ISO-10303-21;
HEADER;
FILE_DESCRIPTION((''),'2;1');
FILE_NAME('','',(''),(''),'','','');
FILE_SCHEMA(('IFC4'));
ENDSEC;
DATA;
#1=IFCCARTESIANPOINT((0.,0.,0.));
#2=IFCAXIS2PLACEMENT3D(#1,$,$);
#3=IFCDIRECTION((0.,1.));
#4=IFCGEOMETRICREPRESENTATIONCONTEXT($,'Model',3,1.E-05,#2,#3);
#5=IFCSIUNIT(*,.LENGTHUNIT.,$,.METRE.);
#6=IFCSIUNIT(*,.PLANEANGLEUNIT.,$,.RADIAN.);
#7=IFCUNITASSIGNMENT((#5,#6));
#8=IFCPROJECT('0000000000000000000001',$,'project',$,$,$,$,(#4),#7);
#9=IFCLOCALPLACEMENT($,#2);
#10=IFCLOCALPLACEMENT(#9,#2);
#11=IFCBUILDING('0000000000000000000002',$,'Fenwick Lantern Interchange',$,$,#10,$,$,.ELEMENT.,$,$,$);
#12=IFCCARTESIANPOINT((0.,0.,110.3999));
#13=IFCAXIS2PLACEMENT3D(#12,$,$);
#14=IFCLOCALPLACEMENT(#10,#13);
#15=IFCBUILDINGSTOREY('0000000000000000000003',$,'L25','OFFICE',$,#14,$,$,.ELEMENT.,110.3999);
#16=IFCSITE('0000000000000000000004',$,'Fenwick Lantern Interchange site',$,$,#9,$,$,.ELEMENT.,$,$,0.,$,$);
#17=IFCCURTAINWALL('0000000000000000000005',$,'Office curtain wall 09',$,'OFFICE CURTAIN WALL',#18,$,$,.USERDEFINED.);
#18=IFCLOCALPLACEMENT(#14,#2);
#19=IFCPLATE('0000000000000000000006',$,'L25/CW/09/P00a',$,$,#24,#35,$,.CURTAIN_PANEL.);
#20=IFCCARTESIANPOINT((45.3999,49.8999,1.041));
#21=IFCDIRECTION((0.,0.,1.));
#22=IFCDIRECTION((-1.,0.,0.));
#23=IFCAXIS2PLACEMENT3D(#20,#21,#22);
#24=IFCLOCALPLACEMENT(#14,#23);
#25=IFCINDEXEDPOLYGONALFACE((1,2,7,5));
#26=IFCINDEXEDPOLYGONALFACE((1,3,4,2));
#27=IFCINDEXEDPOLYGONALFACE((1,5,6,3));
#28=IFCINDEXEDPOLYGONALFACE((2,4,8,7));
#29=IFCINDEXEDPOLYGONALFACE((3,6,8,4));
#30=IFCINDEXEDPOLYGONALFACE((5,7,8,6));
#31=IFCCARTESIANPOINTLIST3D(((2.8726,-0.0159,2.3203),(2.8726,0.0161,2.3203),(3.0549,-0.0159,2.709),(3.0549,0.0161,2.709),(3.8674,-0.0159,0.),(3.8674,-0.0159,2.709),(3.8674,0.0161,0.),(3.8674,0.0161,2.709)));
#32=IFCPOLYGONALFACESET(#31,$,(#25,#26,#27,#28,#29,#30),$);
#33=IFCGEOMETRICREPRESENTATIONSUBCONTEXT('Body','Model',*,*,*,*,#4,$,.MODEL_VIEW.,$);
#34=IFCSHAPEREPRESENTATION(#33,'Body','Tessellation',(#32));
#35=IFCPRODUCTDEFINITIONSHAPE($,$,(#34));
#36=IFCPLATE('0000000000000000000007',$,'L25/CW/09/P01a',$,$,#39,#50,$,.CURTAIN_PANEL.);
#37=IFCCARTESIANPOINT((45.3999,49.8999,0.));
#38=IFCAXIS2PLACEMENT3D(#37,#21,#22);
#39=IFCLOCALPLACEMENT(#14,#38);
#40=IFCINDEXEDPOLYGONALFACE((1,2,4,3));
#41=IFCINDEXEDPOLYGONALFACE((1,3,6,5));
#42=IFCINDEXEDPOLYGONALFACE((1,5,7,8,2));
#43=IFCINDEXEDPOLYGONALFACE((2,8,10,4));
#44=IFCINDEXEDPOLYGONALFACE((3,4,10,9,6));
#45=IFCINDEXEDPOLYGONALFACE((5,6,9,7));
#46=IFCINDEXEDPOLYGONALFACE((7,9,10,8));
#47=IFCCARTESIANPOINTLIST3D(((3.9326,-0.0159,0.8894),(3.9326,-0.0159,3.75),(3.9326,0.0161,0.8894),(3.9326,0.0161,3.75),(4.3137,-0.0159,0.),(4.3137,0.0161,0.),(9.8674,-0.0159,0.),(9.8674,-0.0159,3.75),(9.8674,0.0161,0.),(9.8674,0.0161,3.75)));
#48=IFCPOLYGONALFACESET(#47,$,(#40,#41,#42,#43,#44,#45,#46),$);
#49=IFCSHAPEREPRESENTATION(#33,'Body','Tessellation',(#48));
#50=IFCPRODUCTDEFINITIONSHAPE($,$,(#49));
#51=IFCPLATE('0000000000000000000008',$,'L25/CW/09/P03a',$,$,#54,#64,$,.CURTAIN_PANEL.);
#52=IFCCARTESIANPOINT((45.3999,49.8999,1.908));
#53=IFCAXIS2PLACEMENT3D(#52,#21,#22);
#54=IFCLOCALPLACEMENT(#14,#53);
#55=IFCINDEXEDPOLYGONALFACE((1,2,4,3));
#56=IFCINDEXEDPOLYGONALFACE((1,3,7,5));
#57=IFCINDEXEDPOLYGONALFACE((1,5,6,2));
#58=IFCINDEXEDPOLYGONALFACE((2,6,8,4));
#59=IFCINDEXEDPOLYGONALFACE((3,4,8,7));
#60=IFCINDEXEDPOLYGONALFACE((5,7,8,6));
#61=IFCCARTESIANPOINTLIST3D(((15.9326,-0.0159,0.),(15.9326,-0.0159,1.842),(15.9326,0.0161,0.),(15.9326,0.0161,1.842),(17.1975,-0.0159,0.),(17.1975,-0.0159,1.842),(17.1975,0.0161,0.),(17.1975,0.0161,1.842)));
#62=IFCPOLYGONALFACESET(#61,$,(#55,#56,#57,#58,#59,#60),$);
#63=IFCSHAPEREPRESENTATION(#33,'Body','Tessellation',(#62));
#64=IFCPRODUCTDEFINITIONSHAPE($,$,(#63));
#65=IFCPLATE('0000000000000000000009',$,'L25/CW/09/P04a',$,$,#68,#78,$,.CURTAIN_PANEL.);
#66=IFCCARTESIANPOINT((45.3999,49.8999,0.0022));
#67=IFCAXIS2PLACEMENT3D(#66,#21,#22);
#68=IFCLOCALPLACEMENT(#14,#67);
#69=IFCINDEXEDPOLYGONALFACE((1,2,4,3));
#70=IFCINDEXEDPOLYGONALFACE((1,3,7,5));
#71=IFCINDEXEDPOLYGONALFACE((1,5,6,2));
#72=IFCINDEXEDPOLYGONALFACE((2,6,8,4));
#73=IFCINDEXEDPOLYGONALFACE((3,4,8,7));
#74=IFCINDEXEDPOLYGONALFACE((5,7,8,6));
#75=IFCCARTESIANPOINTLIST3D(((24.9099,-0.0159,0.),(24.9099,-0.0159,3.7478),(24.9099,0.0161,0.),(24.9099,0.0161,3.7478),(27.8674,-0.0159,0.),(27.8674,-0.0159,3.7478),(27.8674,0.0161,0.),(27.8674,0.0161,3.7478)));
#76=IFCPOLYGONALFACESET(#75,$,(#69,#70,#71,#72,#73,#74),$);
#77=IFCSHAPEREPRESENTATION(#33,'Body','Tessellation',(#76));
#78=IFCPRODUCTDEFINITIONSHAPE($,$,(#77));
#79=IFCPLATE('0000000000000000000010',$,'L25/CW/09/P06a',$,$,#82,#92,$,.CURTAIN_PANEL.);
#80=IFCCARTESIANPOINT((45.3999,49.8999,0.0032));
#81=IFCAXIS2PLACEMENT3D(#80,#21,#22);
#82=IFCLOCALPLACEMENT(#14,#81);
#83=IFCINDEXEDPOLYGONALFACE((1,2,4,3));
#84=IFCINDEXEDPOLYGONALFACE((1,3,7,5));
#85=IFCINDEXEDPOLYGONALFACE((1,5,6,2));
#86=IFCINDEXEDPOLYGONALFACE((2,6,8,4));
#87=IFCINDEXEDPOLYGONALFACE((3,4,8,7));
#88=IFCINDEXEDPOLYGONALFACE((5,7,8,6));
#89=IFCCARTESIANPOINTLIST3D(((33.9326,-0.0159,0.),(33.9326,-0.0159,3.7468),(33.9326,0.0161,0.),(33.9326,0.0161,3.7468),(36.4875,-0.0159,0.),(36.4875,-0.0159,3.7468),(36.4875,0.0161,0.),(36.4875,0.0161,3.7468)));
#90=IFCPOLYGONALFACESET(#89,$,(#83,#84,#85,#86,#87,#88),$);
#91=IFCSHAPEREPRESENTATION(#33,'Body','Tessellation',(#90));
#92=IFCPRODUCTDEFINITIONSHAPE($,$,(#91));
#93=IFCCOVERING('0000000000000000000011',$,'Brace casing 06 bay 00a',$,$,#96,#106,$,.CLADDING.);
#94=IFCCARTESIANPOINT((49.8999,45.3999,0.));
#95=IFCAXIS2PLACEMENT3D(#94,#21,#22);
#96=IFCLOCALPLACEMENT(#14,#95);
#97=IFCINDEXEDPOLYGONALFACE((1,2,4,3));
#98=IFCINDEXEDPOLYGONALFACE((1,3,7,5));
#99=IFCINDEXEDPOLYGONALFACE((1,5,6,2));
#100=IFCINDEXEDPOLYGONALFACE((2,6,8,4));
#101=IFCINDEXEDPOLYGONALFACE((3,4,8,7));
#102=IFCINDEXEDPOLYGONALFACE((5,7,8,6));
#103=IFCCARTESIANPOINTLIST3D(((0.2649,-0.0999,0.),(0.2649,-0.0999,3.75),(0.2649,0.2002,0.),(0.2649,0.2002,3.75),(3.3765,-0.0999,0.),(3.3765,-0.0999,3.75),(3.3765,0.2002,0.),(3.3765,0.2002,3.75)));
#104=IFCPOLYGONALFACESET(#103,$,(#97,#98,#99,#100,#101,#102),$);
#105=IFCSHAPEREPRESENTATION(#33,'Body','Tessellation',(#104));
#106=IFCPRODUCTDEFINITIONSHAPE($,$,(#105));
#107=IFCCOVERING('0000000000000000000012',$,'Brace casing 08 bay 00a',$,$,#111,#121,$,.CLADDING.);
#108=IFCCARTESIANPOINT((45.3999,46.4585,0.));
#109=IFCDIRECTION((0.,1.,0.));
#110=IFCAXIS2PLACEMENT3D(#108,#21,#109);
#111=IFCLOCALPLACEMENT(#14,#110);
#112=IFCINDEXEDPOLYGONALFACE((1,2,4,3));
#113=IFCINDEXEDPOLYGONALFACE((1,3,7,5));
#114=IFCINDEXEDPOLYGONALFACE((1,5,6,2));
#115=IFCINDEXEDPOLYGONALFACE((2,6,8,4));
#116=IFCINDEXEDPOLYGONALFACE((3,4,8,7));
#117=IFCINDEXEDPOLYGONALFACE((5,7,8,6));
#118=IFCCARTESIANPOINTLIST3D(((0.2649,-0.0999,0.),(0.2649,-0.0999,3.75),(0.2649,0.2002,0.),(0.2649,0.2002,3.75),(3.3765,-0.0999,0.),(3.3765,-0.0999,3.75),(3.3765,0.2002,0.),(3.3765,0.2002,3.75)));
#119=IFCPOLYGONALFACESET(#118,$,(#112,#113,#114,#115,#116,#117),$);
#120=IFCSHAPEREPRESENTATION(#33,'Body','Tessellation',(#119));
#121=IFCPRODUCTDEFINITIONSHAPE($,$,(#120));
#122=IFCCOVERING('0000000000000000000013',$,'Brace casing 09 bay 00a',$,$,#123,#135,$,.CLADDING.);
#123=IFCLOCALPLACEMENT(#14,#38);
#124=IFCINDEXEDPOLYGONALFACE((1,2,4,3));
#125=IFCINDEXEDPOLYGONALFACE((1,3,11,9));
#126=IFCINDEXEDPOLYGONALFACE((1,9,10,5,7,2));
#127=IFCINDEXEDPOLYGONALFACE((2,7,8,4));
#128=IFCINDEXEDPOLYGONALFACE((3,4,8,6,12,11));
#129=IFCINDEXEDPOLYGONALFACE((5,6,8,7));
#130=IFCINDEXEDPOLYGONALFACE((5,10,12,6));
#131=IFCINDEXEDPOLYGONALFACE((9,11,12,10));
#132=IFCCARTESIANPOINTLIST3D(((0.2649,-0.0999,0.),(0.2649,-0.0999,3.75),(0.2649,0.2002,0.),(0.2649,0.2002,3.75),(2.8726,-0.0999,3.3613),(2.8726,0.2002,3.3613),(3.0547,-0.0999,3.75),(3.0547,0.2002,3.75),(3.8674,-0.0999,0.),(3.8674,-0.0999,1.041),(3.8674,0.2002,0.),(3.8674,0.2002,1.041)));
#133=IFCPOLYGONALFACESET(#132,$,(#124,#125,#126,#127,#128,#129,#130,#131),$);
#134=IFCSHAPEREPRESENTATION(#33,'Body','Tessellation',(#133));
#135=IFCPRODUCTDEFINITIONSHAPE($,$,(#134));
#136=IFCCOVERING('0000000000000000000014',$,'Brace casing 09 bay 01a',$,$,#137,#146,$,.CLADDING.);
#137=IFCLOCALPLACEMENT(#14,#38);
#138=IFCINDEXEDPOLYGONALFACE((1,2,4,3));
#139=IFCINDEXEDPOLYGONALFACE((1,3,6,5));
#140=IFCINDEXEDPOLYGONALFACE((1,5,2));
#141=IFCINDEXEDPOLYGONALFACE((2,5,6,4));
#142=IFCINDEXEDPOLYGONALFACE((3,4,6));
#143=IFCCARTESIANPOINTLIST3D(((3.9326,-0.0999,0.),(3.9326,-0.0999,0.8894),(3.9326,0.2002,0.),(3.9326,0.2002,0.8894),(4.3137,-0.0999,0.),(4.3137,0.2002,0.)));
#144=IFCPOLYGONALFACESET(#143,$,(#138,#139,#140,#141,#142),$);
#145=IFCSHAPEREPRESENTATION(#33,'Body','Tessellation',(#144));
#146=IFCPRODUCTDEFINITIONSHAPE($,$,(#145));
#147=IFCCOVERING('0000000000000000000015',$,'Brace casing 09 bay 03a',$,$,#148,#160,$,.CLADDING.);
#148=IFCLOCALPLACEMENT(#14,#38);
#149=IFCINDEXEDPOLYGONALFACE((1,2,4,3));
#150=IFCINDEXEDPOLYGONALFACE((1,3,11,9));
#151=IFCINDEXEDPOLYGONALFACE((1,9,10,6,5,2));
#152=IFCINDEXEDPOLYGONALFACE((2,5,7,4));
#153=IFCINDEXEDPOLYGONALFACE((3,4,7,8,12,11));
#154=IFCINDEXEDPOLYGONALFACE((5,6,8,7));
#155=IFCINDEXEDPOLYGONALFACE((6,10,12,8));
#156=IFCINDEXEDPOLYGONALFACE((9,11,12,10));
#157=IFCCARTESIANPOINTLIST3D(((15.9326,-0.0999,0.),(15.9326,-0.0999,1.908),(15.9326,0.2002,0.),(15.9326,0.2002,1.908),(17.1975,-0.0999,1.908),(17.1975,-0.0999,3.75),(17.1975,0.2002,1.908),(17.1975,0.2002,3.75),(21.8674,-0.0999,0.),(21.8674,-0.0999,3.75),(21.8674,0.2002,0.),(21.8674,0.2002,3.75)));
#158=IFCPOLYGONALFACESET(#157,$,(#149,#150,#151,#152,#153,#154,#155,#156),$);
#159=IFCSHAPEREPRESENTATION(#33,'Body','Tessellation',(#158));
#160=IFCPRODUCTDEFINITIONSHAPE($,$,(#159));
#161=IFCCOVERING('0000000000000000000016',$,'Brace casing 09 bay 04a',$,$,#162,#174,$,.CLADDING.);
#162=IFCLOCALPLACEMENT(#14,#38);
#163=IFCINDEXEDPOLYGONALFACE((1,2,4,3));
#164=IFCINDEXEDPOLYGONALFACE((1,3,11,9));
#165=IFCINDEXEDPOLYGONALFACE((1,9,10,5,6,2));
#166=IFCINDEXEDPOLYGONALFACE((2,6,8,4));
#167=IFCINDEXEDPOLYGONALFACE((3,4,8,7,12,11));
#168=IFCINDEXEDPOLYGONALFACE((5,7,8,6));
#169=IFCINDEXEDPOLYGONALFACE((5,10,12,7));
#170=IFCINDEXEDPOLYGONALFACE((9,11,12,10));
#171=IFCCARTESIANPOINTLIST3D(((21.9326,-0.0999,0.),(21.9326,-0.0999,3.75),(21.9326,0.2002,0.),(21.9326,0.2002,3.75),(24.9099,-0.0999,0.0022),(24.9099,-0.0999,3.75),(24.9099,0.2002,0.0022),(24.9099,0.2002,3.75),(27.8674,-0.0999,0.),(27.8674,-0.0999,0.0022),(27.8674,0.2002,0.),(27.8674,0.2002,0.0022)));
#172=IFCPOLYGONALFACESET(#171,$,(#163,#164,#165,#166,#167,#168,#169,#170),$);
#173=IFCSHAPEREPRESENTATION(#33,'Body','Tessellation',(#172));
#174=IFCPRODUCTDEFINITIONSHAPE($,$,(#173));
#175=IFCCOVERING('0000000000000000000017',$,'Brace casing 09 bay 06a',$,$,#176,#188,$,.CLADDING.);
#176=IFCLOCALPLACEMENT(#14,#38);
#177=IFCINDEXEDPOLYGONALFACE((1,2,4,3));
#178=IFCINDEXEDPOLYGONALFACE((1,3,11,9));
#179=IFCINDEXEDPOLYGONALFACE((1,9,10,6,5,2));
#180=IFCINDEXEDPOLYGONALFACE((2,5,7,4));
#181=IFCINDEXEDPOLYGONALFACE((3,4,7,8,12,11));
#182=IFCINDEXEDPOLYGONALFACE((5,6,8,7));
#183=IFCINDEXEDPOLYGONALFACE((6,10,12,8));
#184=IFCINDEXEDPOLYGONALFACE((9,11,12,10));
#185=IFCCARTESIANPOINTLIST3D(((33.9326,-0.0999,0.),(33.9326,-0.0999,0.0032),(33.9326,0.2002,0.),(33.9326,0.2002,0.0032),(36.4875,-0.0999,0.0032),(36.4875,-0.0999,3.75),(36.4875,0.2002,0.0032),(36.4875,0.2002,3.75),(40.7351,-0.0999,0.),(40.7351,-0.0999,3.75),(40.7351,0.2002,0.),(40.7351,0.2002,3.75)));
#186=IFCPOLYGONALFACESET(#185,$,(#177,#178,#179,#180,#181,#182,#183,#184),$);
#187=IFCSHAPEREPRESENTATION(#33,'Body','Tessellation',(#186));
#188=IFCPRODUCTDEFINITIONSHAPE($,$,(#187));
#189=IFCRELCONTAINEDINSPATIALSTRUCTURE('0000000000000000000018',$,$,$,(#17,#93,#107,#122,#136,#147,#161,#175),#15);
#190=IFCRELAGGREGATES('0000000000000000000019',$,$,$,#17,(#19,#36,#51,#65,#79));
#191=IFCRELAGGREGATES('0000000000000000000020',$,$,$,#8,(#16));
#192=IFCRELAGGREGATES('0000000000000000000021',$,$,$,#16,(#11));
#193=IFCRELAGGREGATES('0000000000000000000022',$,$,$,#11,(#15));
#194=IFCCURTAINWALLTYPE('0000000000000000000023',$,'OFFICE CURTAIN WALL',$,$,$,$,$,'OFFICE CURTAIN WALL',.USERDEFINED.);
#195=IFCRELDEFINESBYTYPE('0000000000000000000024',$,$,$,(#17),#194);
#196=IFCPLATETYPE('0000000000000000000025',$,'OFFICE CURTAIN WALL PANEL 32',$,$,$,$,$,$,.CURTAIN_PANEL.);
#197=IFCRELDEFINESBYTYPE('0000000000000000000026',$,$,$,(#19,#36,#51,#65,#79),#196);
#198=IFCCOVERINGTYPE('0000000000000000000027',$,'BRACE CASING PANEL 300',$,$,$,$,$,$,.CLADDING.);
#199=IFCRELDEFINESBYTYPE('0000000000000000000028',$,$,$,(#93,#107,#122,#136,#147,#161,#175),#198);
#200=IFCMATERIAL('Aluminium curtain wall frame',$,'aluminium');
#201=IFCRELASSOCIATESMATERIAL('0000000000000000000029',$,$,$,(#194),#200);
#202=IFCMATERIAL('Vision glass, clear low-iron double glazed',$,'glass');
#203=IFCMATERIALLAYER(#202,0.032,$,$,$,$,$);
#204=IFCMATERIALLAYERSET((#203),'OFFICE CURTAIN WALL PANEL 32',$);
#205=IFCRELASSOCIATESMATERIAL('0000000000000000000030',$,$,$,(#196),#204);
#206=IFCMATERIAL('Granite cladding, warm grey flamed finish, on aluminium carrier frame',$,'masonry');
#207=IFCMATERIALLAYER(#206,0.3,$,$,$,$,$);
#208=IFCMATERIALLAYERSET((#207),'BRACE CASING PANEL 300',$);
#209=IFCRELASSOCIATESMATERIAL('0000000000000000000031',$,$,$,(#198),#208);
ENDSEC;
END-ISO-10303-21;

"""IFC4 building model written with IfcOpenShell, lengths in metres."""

from ifc_helpers import new_model, si_unit, direction, frame, origin, place, context, subcontext, project, spatial, polyline, outline, extrude, material, layer, layer_set, type_object, element, aggregate, save


model = new_model("IFC4")

# Units and contexts
model_context = context("Model", 3, precision=1e-05, world=origin(), true_north=direction((0.0, 1.0)))
body_context = subcontext(model_context, "Body", "Model", "MODEL_VIEW")
ifc_project = project(units=[si_unit("LENGTHUNIT", "METRE"), si_unit("PLANEANGLEUNIT", "RADIAN")], contexts=[model_context])

# Site, building, storey
site_placement = place(None, origin())
site = spatial("IfcSite", under=ifc_project, at=site_placement, Name="Fenwick Lantern Interchange site", CompositionType="ELEMENT", RefElevation=0.0)
building_placement = place(site_placement, origin())
building = spatial("IfcBuilding", under=site, at=building_placement, Name="Fenwick Lantern Interchange", CompositionType="ELEMENT")
storey_placement = place(building_placement, frame((0.0, 0.0, 110.3999)))
storey = spatial("IfcBuildingStorey", under=building, at=storey_placement, Name="L25", Description="OFFICE", CompositionType="ELEMENT", Elevation=110.3999)

# Shared definitions
ifc_material_1 = material(Name="Aluminium curtain wall frame", Category="aluminium")
curtain_wall_type = type_object("IfcCurtainWallType", Name="OFFICE CURTAIN WALL", ElementType="OFFICE CURTAIN WALL", PredefinedType="USERDEFINED", material=ifc_material_1)

# Curtain wall
curtain_wall_1_placement = place(storey_placement, origin())
curtain_wall_1 = element("IfcCurtainWall", 1, at=curtain_wall_1_placement, inside=storey, type_object=curtain_wall_type, Name="Office curtain wall 09", ObjectType="OFFICE CURTAIN WALL", PredefinedType="USERDEFINED")

# Plates
ifc_material_2 = material(Name="Vision glass, clear low-iron double glazed", Category="glass")
ifc_layer_1 = layer(ifc_material_2, 0.032)
ifc_layer_set_1 = layer_set([ifc_layer_1], Name="OFFICE CURTAIN WALL PANEL 32")
plate_type = type_object("IfcPlateType", Name="OFFICE CURTAIN WALL PANEL 32", PredefinedType="CURTAIN_PANEL", material=ifc_layer_set_1)
plate_1_placement = place(storey_placement, frame((45.3999, 49.8999, 1.041), z_axis=(0.0, 0.0, 1.0), x_axis=(-1.0, 0.0, 0.0)))
plate_1 = element("IfcPlate", 2, at=plate_1_placement, type_object=plate_type, Name="L25/CW/09/P00a", PredefinedType="CURTAIN_PANEL", context=body_context, shape_type="SweptSolid", body=[
    extrude(outline(polyline([(3.8674, 0.0), (3.8674, 2.709), (3.0549, 2.709), (2.8726, 2.3203), (3.8674, 0.0)])), frame((0.0, 0.0161, 0.0), z_axis=(0.0, -1.0, 0.0), x_axis=(1.0, 0.0, 0.0)), (0.0, 0.0, 1.0), 0.032),
])
plate_2_placement = place(storey_placement, frame((45.3999, 49.8999, 0.0), z_axis=(0.0, 0.0, 1.0), x_axis=(-1.0, 0.0, 0.0)))
plate_2 = element("IfcPlate", 3, at=plate_2_placement, type_object=plate_type, Name="L25/CW/09/P01a", PredefinedType="CURTAIN_PANEL", context=body_context, shape_type="SweptSolid", body=[
    extrude(outline(polyline([(4.3137, 0.0), (9.8674, 0.0), (9.8674, 3.75), (3.9326, 3.75), (3.9326, 0.8894), (4.3137, 0.0)])), frame((0.0, 0.0161, 0.0), z_axis=(0.0, -1.0, 0.0), x_axis=(1.0, 0.0, 0.0)), (0.0, 0.0, 1.0), 0.032),
])
plate_3_placement = place(storey_placement, frame((45.3999, 49.8999, 1.908), z_axis=(0.0, 0.0, 1.0), x_axis=(-1.0, 0.0, 0.0)))
plate_3 = element("IfcPlate", 4, at=plate_3_placement, type_object=plate_type, Name="L25/CW/09/P03a", PredefinedType="CURTAIN_PANEL", context=body_context, shape_type="SweptSolid", body=[
    extrude(outline(polyline([(15.9326, 0.0), (17.1975, 0.0), (17.1975, 1.842), (15.9326, 1.842), (15.9326, 0.0)])), frame((0.0, 0.0161, 0.0), z_axis=(0.0, -1.0, 0.0), x_axis=(1.0, 0.0, 0.0)), (0.0, 0.0, 1.0), 0.032),
])
plate_4_placement = place(storey_placement, frame((45.3999, 49.8999, 0.0022), z_axis=(0.0, 0.0, 1.0), x_axis=(-1.0, 0.0, 0.0)))
plate_4 = element("IfcPlate", 5, at=plate_4_placement, type_object=plate_type, Name="L25/CW/09/P04a", PredefinedType="CURTAIN_PANEL", context=body_context, shape_type="SweptSolid", body=[
    extrude(outline(polyline([(24.9099, 0.0), (27.8674, 0.0), (27.8674, 3.7478), (24.9099, 3.7478), (24.9099, 0.0)])), frame((0.0, 0.0161, 0.0), z_axis=(0.0, -1.0, 0.0), x_axis=(1.0, 0.0, 0.0)), (0.0, 0.0, 1.0), 0.032),
])
plate_5_placement = place(storey_placement, frame((45.3999, 49.8999, 0.0032), z_axis=(0.0, 0.0, 1.0), x_axis=(-1.0, 0.0, 0.0)))
plate_5 = element("IfcPlate", 6, at=plate_5_placement, type_object=plate_type, Name="L25/CW/09/P06a", PredefinedType="CURTAIN_PANEL", context=body_context, shape_type="SweptSolid", body=[
    extrude(outline(polyline([(33.9326, 0.0), (36.4875, 0.0), (36.4875, 3.7468), (33.9326, 3.7468), (33.9326, 0.0)])), frame((0.0, 0.0161, 0.0), z_axis=(0.0, -1.0, 0.0), x_axis=(1.0, 0.0, 0.0)), (0.0, 0.0, 1.0), 0.032),
])
aggregate(curtain_wall_1, [plate_1, plate_2, plate_3, plate_4, plate_5])

# Coverings
ifc_material_3 = material(Name="Granite cladding, warm grey flamed finish, on aluminium carrier frame", Category="masonry")
ifc_layer_2 = layer(ifc_material_3, 0.3)
ifc_layer_set_2 = layer_set([ifc_layer_2], Name="BRACE CASING PANEL 300")
covering_type = type_object("IfcCoveringType", Name="BRACE CASING PANEL 300", PredefinedType="CLADDING", material=ifc_layer_set_2)
for number, where, z_axis, x_axis, name in (
    (7, (49.8999, 45.3999, 0.0), (0.0, 0.0, 1.0), (-1.0, 0.0, 0.0), "Brace casing 06 bay 00a"),
    (8, (45.3999, 46.4585, 0.0), (0.0, 0.0, 1.0), (0.0, 1.0, 0.0), "Brace casing 08 bay 00a"),
):
    element("IfcCovering", number, at=place(storey_placement, frame(where, z_axis=z_axis, x_axis=x_axis)), inside=storey, type_object=covering_type, Name=name, PredefinedType="CLADDING", context=body_context, shape_type="SweptSolid", body=[
        extrude(outline(polyline([(0.2649, 0.0), (3.3765, 0.0), (3.3765, 3.75), (0.2649, 3.75), (0.2649, 0.0)])), frame((0.0, 0.2002, 0.0), z_axis=(0.0, -1.0, 0.0), x_axis=(1.0, 0.0, 0.0)), (0.0, 0.0, 1.0), 0.3),
    ])
covering_1_placement = place(storey_placement, frame((45.3999, 49.8999, 0.0), z_axis=(0.0, 0.0, 1.0), x_axis=(-1.0, 0.0, 0.0)))
element("IfcCovering", 9, at=covering_1_placement, inside=storey, type_object=covering_type, Name="Brace casing 09 bay 00a", PredefinedType="CLADDING", context=body_context, shape_type="SweptSolid", body=[
    extrude(outline(polyline([(0.2649, 0.0), (3.8674, 0.0), (3.8674, 1.041), (2.8726, 3.3613), (3.0547, 3.75), (0.2649, 3.75), (0.2649, 0.0)])), frame((0.0, 0.2002, 0.0), z_axis=(0.0, -1.0, 0.0), x_axis=(1.0, 0.0, 0.0)), (0.0, 0.0, 1.0), 0.3),
])
covering_2_placement = place(storey_placement, frame((45.3999, 49.8999, 0.0), z_axis=(0.0, 0.0, 1.0), x_axis=(-1.0, 0.0, 0.0)))
element("IfcCovering", 10, at=covering_2_placement, inside=storey, type_object=covering_type, Name="Brace casing 09 bay 01a", PredefinedType="CLADDING", context=body_context, shape_type="SweptSolid", body=[
    extrude(outline(polyline([(3.9326, 0.0), (4.3137, 0.0), (3.9326, 0.8894), (3.9326, 0.0)])), frame((0.0, 0.2002, 0.0), z_axis=(0.0, -1.0, 0.0), x_axis=(1.0, 0.0, 0.0)), (0.0, 0.0, 1.0), 0.3),
])
covering_3_placement = place(storey_placement, frame((45.3999, 49.8999, 0.0), z_axis=(0.0, 0.0, 1.0), x_axis=(-1.0, 0.0, 0.0)))
element("IfcCovering", 11, at=covering_3_placement, inside=storey, type_object=covering_type, Name="Brace casing 09 bay 03a", PredefinedType="CLADDING", context=body_context, shape_type="SweptSolid", body=[
    extrude(outline(polyline([(15.9326, 0.0), (21.8674, 0.0), (21.8674, 3.75), (17.1975, 3.75), (17.1975, 1.908), (15.9326, 1.908), (15.9326, 0.0)])), frame((0.0, 0.2002, 0.0), z_axis=(0.0, -1.0, 0.0), x_axis=(1.0, 0.0, 0.0)), (0.0, 0.0, 1.0), 0.3),
])
covering_4_placement = place(storey_placement, frame((45.3999, 49.8999, 0.0), z_axis=(0.0, 0.0, 1.0), x_axis=(-1.0, 0.0, 0.0)))
element("IfcCovering", 12, at=covering_4_placement, inside=storey, type_object=covering_type, Name="Brace casing 09 bay 04a", PredefinedType="CLADDING", context=body_context, shape_type="SweptSolid", body=[
    extrude(outline(polyline([(21.9326, 0.0), (27.8674, 0.0), (27.8674, 0.0022), (24.9099, 0.0022), (24.9099, 3.75), (21.9326, 3.75), (21.9326, 0.0)])), frame((0.0, 0.2002, 0.0), z_axis=(0.0, -1.0, 0.0), x_axis=(1.0, 0.0, 0.0)), (0.0, 0.0, 1.0), 0.3),
])
covering_5_placement = place(storey_placement, frame((45.3999, 49.8999, 0.0), z_axis=(0.0, 0.0, 1.0), x_axis=(-1.0, 0.0, 0.0)))
element("IfcCovering", 13, at=covering_5_placement, inside=storey, type_object=covering_type, Name="Brace casing 09 bay 06a", PredefinedType="CLADDING", context=body_context, shape_type="SweptSolid", body=[
    extrude(outline(polyline([(33.9326, 0.0), (40.7351, 0.0), (40.7351, 3.75), (36.4875, 3.75), (36.4875, 0.0032), (33.9326, 0.0032), (33.9326, 0.0)])), frame((0.0, 0.2002, 0.0), z_axis=(0.0, -1.0, 0.0), x_axis=(1.0, 0.0, 0.0)), (0.0, 0.0, 1.0), 0.3),
])

save(model, "model.ifc")
